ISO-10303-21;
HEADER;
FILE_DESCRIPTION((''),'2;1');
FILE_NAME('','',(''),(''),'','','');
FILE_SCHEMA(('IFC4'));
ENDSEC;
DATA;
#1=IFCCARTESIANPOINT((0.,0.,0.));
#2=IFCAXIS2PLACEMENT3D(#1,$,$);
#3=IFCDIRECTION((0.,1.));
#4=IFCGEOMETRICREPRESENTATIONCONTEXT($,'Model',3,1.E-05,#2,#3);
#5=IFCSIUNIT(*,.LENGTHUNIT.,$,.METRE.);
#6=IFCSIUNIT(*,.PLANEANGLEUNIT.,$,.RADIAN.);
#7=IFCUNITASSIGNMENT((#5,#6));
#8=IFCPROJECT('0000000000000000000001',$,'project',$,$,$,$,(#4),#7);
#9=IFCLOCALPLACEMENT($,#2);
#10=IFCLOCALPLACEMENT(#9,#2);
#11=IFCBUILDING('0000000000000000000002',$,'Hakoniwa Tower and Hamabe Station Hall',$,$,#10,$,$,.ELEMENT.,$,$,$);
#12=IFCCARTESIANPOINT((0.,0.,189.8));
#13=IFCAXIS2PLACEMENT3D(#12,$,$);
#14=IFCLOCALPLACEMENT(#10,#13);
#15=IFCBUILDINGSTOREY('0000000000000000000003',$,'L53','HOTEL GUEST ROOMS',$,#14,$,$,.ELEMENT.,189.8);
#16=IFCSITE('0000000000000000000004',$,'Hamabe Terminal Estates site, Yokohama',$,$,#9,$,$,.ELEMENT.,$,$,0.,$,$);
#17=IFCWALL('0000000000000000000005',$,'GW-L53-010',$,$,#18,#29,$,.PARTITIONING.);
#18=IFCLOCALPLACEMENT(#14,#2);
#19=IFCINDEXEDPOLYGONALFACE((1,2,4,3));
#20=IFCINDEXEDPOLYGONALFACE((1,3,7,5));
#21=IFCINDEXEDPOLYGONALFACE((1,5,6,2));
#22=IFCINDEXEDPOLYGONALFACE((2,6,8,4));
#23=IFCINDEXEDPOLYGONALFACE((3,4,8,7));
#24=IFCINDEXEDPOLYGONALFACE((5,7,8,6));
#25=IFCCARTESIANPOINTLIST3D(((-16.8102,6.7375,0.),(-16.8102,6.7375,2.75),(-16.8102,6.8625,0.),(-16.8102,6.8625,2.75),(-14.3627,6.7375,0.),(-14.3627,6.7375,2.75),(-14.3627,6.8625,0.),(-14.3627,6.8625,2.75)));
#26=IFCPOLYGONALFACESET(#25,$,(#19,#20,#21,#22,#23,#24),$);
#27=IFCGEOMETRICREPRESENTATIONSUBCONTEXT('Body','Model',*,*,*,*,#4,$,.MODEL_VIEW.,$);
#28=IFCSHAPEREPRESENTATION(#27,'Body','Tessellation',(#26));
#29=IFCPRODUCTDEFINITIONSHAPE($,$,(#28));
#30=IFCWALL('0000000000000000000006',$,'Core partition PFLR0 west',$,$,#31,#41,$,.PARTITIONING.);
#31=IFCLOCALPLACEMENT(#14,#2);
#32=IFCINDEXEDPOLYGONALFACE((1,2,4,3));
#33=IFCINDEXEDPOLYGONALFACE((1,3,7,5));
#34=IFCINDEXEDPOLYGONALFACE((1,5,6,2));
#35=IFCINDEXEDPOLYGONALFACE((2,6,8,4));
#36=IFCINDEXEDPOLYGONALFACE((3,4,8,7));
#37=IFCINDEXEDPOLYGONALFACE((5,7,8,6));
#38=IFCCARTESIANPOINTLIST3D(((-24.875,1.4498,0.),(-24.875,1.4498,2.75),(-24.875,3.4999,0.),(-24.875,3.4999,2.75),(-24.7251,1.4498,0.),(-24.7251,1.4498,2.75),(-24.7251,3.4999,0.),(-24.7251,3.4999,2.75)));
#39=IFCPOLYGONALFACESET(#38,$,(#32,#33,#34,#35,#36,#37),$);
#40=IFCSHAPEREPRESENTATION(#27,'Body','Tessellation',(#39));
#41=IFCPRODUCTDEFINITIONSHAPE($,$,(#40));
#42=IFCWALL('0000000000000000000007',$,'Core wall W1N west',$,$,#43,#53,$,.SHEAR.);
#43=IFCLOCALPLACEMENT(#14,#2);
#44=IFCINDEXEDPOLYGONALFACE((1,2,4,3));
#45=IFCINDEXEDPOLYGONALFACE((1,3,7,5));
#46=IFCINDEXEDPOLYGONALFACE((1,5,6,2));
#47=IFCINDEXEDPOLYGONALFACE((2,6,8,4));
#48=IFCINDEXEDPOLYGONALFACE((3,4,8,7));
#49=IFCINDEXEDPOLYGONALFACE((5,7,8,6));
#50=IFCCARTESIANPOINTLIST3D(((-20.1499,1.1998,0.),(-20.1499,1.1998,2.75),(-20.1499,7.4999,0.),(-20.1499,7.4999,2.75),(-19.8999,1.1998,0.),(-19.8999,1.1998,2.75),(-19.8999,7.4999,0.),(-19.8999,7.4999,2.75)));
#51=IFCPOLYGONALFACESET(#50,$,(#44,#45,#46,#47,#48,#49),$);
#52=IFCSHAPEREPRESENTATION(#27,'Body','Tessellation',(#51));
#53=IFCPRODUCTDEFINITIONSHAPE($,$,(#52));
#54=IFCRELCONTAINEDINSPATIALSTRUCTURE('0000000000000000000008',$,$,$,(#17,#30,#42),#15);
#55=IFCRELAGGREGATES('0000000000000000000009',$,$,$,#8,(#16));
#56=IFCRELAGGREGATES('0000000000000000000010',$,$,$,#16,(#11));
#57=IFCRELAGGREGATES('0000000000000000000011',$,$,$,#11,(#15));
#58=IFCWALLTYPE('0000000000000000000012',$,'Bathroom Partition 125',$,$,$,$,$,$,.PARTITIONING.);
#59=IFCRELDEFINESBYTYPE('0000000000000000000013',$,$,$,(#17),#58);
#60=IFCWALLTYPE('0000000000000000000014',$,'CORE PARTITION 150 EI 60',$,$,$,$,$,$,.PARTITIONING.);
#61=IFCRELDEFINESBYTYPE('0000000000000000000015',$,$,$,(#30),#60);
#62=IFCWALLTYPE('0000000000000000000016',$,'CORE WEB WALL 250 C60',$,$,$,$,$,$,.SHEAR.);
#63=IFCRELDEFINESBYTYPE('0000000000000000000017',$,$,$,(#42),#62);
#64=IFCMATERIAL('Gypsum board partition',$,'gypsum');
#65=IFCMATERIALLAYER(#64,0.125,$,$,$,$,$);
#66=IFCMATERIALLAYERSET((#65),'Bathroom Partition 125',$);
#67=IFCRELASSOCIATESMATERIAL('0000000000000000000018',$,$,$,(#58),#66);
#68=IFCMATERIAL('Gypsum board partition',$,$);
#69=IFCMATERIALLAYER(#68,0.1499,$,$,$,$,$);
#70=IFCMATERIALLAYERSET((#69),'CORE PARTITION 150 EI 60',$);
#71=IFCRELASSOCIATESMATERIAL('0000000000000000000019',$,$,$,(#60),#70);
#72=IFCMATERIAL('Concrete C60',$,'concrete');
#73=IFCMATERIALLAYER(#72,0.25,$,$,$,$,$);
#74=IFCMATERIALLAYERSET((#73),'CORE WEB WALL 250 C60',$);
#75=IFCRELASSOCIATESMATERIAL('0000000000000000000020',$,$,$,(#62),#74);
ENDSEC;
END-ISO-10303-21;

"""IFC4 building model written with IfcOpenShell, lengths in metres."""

from ifc_helpers import new_model, si_unit, direction, frame, frame_2d, origin, place, context, subcontext, project, spatial, rectangle, extrude, material, layer, layer_set, type_object, element, save


model = new_model("IFC4")

# Units and contexts
model_context = context("Model", 3, precision=1e-05, world=origin(), true_north=direction((0.0, 1.0)))
body_context = subcontext(model_context, "Body", "Model", "MODEL_VIEW")
ifc_project = project(units=[si_unit("LENGTHUNIT", "METRE"), si_unit("PLANEANGLEUNIT", "RADIAN")], contexts=[model_context])

# Site, building, storey
site_placement = place(None, origin())
site = spatial("IfcSite", under=ifc_project, at=site_placement, Name="Hamabe Terminal Estates site, Yokohama", CompositionType="ELEMENT", RefElevation=0.0)
building_placement = place(site_placement, origin())
building = spatial("IfcBuilding", under=site, at=building_placement, Name="Hakoniwa Tower and Hamabe Station Hall", CompositionType="ELEMENT")
storey_placement = place(building_placement, frame((0.0, 0.0, 189.8)))
storey = spatial("IfcBuildingStorey", under=building, at=storey_placement, Name="L53", Description="HOTEL GUEST ROOMS", CompositionType="ELEMENT", Elevation=189.8)

# Walls
ifc_material_1 = material(Name="Gypsum board partition", Category="gypsum")
ifc_layer_1 = layer(ifc_material_1, 0.125)
ifc_layer_set_1 = layer_set([ifc_layer_1], Name="Bathroom Partition 125")
wall_type_1 = type_object("IfcWallType", Name="Bathroom Partition 125", PredefinedType="PARTITIONING", material=ifc_layer_set_1)
wall_1_placement = place(storey_placement, frame((-16.8101, 6.8, 0.0), z_axis=(0.0, 0.0, 1.0), x_axis=(1.0, 0.0, 0.0)))
element("IfcWall", 1, at=wall_1_placement, inside=storey, type_object=wall_type_1, Name="GW-L53-010", PredefinedType="PARTITIONING", context=body_context, shape_type="SweptSolid", body=[
    extrude(rectangle(XDim=2.4475, YDim=0.125, at=frame_2d((1.2236, 0.0))), origin(), (0.0, 0.0, 1.0), 2.75),
])
ifc_material_2 = material(Name="Gypsum board partition")
ifc_layer_2 = layer(ifc_material_2, 0.1499)
ifc_layer_set_2 = layer_set([ifc_layer_2], Name="CORE PARTITION 150 EI 60")
wall_type_2 = type_object("IfcWallType", Name="CORE PARTITION 150 EI 60", PredefinedType="PARTITIONING", material=ifc_layer_set_2)
wall_2_placement = place(storey_placement, frame((-24.8, 1.45, 0.0), z_axis=(0.0, 0.0, 1.0), x_axis=(0.0, 1.0, 0.0)))
element("IfcWall", 2, at=wall_2_placement, inside=storey, type_object=wall_type_2, Name="Core partition PFLR0 west", PredefinedType="PARTITIONING", context=body_context, shape_type="SweptSolid", body=[
    extrude(rectangle(XDim=2.05, YDim=0.1499, at=frame_2d((1.0249, 0.0))), origin(), (0.0, 0.0, 1.0), 2.75),
])
ifc_material_3 = material(Name="Concrete C60", Category="concrete")
ifc_layer_3 = layer(ifc_material_3, 0.25)
ifc_layer_set_3 = layer_set([ifc_layer_3], Name="CORE WEB WALL 250 C60")
wall_type_3 = type_object("IfcWallType", Name="CORE WEB WALL 250 C60", PredefinedType="SHEAR", material=ifc_layer_set_3)
wall_3_placement = place(storey_placement, frame((-20.0249, 1.2, 0.0), z_axis=(0.0, 0.0, 1.0), x_axis=(0.0, 1.0, 0.0)))
element("IfcWall", 3, at=wall_3_placement, inside=storey, type_object=wall_type_3, Name="Core wall W1N west", PredefinedType="SHEAR", context=body_context, shape_type="SweptSolid", body=[
    extrude(rectangle(XDim=6.3, YDim=0.25, at=frame_2d((3.1499, 0.0))), origin(), (0.0, 0.0, 1.0), 2.75),
])

save(model, "model.ifc")
